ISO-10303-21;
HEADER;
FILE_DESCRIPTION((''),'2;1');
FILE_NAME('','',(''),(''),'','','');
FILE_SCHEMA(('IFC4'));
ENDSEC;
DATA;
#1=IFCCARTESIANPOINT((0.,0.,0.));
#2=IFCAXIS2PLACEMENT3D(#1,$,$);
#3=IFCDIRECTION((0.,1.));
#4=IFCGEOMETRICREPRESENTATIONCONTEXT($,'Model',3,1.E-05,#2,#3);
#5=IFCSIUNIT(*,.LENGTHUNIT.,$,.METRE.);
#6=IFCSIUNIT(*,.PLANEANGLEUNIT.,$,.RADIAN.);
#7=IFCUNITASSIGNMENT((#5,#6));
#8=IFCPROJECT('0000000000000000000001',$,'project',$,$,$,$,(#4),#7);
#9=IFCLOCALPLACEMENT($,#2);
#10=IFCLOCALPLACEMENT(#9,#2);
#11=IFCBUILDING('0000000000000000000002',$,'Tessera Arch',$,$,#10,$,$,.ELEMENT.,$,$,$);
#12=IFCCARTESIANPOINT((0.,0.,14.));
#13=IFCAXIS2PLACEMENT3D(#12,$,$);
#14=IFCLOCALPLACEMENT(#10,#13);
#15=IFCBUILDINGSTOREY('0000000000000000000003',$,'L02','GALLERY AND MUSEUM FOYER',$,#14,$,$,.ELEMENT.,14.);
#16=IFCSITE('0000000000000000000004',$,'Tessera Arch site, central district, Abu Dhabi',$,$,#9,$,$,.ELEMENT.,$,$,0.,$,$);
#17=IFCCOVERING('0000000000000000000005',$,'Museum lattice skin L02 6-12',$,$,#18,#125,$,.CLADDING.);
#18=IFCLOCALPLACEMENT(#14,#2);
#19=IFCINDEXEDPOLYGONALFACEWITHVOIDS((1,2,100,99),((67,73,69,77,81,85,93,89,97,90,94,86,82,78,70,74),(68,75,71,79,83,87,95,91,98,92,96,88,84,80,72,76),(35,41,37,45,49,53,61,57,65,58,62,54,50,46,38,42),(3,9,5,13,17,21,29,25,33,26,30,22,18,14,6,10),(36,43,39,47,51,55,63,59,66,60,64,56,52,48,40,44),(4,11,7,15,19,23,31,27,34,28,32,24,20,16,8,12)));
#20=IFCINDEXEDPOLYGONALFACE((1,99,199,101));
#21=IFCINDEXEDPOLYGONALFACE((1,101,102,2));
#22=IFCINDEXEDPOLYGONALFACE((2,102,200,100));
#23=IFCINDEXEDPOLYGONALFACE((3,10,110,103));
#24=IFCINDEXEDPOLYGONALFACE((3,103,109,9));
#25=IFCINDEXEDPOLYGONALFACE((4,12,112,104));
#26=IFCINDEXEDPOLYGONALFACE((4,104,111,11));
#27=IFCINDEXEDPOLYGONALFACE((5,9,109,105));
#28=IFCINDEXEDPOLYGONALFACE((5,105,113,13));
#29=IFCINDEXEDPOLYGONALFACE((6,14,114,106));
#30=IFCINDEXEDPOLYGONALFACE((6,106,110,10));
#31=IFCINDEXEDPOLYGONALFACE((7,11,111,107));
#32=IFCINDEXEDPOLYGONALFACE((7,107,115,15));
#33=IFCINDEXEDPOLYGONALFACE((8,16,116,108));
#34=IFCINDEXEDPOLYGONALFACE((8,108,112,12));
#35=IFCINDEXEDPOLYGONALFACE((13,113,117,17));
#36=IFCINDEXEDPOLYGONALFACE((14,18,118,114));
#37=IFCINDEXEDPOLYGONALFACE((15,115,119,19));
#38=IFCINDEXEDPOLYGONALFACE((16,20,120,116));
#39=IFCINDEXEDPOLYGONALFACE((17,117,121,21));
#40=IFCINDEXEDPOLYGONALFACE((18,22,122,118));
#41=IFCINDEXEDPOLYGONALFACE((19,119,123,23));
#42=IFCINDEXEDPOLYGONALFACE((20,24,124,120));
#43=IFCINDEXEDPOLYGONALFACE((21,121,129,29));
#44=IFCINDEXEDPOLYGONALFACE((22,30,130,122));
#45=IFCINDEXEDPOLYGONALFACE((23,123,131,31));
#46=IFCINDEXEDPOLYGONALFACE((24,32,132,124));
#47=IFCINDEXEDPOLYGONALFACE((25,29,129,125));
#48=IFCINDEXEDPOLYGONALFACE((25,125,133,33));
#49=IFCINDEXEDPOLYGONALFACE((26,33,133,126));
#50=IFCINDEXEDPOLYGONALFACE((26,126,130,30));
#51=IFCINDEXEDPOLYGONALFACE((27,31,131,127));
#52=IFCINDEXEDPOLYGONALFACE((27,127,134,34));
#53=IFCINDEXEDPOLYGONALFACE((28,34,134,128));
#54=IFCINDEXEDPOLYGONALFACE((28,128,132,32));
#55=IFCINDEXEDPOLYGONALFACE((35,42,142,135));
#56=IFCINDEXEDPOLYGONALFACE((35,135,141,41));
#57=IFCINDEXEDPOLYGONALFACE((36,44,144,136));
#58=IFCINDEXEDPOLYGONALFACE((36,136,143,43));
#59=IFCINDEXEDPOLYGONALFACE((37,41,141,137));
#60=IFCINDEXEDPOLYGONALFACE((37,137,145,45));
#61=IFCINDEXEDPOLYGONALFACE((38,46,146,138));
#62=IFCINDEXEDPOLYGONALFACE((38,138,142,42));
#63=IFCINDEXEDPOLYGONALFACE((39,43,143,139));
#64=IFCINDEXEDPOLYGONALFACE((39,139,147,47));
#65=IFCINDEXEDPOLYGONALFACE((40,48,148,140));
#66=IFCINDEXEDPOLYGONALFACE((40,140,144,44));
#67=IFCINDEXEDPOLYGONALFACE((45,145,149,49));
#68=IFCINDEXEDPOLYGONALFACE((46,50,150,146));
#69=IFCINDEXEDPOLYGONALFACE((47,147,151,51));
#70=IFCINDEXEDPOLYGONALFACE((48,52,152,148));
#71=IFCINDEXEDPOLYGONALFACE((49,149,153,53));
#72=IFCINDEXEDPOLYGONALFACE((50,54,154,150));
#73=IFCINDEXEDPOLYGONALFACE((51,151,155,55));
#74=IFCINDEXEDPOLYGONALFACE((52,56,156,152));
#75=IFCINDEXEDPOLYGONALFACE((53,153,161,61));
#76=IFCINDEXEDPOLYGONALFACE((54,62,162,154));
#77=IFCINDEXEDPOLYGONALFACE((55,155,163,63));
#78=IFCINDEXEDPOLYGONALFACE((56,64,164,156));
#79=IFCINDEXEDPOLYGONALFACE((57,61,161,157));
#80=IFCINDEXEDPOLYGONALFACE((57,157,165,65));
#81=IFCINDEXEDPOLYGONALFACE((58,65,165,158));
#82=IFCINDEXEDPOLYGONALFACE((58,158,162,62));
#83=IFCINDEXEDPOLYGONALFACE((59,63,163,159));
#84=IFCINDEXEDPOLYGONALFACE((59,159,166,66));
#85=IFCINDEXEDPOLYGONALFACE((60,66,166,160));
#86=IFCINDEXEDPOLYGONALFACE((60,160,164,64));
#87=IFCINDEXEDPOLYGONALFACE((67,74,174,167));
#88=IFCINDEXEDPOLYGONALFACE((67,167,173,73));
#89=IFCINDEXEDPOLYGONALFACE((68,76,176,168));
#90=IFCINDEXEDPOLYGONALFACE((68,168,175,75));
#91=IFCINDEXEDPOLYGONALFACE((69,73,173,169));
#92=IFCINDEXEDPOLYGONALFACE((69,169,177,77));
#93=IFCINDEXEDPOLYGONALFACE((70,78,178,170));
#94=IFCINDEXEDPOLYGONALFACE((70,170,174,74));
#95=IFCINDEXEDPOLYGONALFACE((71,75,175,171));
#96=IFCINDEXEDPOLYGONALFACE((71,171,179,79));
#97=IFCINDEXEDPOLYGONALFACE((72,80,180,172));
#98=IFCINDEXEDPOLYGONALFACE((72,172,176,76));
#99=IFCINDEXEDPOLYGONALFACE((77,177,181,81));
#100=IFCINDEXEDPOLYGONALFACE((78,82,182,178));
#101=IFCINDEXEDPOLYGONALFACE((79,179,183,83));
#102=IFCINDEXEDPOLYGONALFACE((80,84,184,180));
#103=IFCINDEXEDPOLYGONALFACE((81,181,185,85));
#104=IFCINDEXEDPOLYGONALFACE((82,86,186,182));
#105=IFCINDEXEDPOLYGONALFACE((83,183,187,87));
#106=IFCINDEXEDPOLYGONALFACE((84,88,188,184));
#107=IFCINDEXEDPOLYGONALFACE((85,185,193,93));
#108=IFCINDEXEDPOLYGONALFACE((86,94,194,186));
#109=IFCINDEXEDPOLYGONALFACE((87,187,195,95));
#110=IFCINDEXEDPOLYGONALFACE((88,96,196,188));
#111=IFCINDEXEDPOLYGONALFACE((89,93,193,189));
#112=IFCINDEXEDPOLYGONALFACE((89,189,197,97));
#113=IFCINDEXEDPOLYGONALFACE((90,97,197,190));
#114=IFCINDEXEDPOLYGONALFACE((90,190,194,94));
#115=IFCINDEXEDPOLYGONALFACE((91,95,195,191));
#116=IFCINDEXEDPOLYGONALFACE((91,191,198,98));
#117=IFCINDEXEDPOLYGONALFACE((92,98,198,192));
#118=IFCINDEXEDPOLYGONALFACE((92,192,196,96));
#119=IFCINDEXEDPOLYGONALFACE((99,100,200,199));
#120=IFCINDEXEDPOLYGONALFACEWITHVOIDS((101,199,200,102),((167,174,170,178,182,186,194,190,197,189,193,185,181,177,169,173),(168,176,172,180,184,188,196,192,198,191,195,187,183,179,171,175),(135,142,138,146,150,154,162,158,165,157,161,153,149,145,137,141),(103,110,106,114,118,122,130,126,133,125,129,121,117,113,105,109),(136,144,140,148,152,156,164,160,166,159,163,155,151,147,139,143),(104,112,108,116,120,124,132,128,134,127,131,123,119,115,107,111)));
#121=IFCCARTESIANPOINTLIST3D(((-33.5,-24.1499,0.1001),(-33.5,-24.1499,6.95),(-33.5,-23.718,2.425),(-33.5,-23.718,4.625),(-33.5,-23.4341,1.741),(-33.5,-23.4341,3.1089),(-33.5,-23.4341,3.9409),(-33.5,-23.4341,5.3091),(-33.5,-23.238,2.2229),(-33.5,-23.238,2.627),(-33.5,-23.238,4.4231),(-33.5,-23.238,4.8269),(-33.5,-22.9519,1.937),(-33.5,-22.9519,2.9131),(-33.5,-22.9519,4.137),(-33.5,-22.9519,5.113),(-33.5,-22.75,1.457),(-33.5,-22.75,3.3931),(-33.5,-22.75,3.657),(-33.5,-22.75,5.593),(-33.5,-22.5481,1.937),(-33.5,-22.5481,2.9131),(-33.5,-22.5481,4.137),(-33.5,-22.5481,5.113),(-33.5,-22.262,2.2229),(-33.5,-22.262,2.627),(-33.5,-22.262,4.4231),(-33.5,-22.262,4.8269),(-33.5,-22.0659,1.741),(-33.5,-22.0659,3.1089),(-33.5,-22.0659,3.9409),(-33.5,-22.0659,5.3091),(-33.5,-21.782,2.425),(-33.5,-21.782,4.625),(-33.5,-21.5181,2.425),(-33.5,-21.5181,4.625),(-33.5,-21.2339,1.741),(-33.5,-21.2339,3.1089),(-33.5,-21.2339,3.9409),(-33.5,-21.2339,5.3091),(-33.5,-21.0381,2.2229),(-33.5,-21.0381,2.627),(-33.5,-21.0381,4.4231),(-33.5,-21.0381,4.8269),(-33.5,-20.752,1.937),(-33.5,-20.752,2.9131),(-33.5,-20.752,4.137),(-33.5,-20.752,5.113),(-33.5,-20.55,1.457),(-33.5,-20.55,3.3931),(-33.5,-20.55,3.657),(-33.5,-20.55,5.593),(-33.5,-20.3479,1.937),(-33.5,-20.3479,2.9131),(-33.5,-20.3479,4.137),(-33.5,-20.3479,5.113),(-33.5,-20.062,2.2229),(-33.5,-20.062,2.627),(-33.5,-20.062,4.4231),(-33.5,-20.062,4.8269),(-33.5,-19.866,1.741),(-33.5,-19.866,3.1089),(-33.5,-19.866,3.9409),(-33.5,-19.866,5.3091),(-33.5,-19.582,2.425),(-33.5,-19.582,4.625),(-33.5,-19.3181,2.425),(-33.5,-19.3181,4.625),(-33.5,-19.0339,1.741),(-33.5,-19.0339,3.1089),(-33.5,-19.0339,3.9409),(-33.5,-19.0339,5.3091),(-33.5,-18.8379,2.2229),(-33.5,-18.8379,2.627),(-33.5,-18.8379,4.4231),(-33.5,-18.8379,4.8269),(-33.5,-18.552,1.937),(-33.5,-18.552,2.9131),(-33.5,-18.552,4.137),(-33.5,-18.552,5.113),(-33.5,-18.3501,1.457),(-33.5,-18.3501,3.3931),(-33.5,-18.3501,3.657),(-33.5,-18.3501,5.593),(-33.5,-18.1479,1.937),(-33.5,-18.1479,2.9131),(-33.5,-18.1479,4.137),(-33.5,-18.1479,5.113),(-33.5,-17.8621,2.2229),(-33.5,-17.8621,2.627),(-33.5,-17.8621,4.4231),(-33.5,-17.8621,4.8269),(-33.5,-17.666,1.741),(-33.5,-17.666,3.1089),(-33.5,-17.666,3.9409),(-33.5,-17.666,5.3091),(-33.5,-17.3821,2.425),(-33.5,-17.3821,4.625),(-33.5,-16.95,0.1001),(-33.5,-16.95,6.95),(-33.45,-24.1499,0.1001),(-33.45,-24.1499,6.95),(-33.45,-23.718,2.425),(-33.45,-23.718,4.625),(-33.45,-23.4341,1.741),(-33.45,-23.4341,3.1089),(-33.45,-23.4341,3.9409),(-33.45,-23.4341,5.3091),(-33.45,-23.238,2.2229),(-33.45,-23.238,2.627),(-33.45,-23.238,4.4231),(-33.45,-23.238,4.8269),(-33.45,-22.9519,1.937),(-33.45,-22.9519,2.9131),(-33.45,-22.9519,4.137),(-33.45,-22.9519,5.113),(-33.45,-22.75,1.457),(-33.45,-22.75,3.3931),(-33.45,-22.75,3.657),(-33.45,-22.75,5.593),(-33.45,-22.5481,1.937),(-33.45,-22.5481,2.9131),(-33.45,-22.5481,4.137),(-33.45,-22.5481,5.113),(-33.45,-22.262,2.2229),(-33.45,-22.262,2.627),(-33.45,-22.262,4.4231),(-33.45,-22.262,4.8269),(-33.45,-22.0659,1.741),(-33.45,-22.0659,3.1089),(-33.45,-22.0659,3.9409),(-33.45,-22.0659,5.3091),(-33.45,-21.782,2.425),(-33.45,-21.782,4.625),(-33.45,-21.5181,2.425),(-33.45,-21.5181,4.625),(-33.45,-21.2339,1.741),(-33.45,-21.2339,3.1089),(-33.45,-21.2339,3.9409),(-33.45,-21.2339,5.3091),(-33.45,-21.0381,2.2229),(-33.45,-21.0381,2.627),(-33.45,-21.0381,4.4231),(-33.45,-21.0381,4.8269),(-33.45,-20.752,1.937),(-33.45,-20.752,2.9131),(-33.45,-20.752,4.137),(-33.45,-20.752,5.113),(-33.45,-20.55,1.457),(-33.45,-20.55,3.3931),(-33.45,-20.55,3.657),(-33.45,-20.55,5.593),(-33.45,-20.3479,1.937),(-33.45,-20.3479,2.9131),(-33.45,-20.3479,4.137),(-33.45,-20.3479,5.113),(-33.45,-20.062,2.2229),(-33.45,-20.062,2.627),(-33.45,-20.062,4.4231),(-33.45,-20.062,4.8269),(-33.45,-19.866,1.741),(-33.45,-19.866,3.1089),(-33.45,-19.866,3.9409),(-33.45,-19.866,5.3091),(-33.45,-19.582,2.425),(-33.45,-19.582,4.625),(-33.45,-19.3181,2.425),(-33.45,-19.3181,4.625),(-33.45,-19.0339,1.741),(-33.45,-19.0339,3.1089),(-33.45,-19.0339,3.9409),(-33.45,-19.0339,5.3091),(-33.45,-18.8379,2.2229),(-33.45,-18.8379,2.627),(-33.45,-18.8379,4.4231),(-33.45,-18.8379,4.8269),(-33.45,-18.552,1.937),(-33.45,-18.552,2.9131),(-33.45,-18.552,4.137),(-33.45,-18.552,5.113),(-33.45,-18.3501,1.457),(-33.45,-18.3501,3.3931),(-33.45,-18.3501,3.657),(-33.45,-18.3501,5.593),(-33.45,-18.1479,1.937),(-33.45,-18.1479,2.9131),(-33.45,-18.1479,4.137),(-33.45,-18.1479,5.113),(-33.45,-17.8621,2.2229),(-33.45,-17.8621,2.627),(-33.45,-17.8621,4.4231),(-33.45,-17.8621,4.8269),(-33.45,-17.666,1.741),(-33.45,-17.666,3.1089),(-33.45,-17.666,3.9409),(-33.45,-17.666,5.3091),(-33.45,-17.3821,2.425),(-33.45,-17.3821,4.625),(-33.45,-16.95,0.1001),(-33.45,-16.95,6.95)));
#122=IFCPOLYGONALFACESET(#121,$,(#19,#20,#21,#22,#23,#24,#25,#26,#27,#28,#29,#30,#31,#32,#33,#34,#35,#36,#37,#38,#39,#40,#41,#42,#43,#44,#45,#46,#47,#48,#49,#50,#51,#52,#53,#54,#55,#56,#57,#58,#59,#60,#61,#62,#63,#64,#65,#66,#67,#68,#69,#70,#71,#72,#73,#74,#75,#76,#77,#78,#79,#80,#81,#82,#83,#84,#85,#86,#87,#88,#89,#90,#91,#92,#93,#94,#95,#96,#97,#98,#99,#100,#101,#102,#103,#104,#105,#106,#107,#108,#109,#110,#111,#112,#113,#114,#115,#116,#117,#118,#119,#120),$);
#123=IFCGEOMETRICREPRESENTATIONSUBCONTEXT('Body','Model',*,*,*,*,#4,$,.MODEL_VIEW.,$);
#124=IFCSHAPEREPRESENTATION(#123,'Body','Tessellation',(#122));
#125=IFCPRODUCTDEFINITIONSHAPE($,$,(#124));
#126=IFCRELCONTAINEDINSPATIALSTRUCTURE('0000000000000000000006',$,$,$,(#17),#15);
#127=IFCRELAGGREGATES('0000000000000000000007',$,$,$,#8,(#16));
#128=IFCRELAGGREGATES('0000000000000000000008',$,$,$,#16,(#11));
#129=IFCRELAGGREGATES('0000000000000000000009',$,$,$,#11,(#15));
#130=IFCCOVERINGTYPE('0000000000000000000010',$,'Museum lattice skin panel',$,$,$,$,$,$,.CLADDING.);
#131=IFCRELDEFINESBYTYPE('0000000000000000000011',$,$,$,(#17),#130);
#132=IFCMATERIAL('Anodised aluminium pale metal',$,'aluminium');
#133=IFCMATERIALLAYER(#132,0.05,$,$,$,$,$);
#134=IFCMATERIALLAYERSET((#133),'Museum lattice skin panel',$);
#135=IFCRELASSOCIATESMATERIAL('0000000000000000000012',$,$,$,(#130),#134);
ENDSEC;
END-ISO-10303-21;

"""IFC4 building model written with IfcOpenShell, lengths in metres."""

from ifc_helpers import new_model, si_unit, direction, frame, origin, place, context, subcontext, project, spatial, polyline, outline, extrude, material, layer, layer_set, type_object, element, save


model = new_model("IFC4")

# Units and contexts
model_context = context("Model", 3, precision=1e-05, world=origin(), true_north=direction((0.0, 1.0)))
body_context = subcontext(model_context, "Body", "Model", "MODEL_VIEW")
ifc_project = project(units=[si_unit("LENGTHUNIT", "METRE"), si_unit("PLANEANGLEUNIT", "RADIAN")], contexts=[model_context])

# Site, building, storey
site_placement = place(None, origin())
site = spatial("IfcSite", under=ifc_project, at=site_placement, Name="Tessera Arch site, central district, Abu Dhabi", CompositionType="ELEMENT", RefElevation=0.0)
building_placement = place(site_placement, origin())
building = spatial("IfcBuilding", under=site, at=building_placement, Name="Tessera Arch", CompositionType="ELEMENT")
storey_placement = place(building_placement, frame((0.0, 0.0, 14.0)))
storey = spatial("IfcBuildingStorey", under=building, at=storey_placement, Name="L02", Description="GALLERY AND MUSEUM FOYER", CompositionType="ELEMENT", Elevation=14.0)

# Covering
ifc_material_1 = material(Name="Anodised aluminium pale metal", Category="aluminium")
ifc_layer_1 = layer(ifc_material_1, 0.05)
ifc_layer_set_1 = layer_set([ifc_layer_1], Name="Museum lattice skin panel")
covering_type = type_object("IfcCoveringType", Name="Museum lattice skin panel", PredefinedType="CLADDING", material=ifc_layer_set_1)
covering_1_placement = place(storey_placement, frame((-33.45, -16.95, 6.95), z_axis=(1.0, 0.0, 0.0), x_axis=(0.0, -1.0, 0.0)))
element("IfcCovering", 1, at=covering_1_placement, inside=storey, type_object=covering_type, Name="Museum lattice skin L02 6-12", PredefinedType="CLADDING", context=body_context, shape_type="SweptSolid", body=[
    extrude(outline(polyline([(0.0, 0.0), (7.2, 0.0), (7.2, 6.8499), (0.0, 6.8499), (0.0, 0.0)]), holes=[polyline([(2.3682, 4.5249), (1.8879, 4.323), (2.084, 3.8411), (1.6021, 4.0369), (1.4001, 3.5569), (1.198, 4.0369), (0.7161, 3.8411), (0.9121, 4.323), (0.4321, 4.5249), (0.9121, 4.7271), (0.7161, 5.209), (1.198, 5.0129), (1.4001, 5.4929), (1.6021, 5.0129), (2.084, 5.209), (1.8879, 4.7271), (2.3682, 4.5249)]), polyline([(2.3682, 2.325), (1.8879, 2.123), (2.084, 1.6409), (1.6021, 1.8369), (1.4001, 1.3569), (1.198, 1.8369), (0.7161, 1.6409), (0.9121, 2.123), (0.4321, 2.325), (0.9121, 2.5269), (0.7161, 3.009), (1.198, 2.813), (1.4001, 3.293), (1.6021, 2.813), (2.084, 3.009), (1.8879, 2.5269), (2.3682, 2.325)]), polyline([(4.5681, 4.5249), (4.0881, 4.323), (4.2839, 3.8411), (3.802, 4.0369), (3.6001, 3.5569), (3.3979, 4.0369), (2.916, 3.8411), (3.1121, 4.323), (2.6321, 4.5249), (3.1121, 4.7271), (2.916, 5.209), (3.3979, 5.0129), (3.6001, 5.4929), (3.802, 5.0129), (4.2839, 5.209), (4.0881, 4.7271), (4.5681, 4.5249)]), polyline([(4.5681, 2.325), (4.0881, 2.123), (4.2839, 1.6409), (3.802, 1.8369), (3.6001, 1.3569), (3.3979, 1.8369), (2.916, 1.6409), (3.1121, 2.123), (2.6321, 2.325), (3.1121, 2.5269), (2.916, 3.009), (3.3979, 2.813), (3.6001, 3.293), (3.802, 2.813), (4.2839, 3.009), (4.0881, 2.5269), (4.5681, 2.325)]), polyline([(6.7681, 4.5249), (6.2881, 4.323), (6.4841, 3.8411), (6.002, 4.0369), (5.8, 3.5569), (5.5981, 4.0369), (5.116, 3.8411), (5.312, 4.323), (4.832, 4.5249), (5.312, 4.7271), (5.116, 5.209), (5.5981, 5.0129), (5.8, 5.4929), (6.002, 5.0129), (6.4841, 5.209), (6.2881, 4.7271), (6.7681, 4.5249)]), polyline([(6.7681, 2.325), (6.2881, 2.123), (6.4841, 1.6409), (6.002, 1.8369), (5.8, 1.3569), (5.5981, 1.8369), (5.116, 1.6409), (5.312, 2.123), (4.832, 2.325), (5.312, 2.5269), (5.116, 3.009), (5.5981, 2.813), (5.8, 3.293), (6.002, 2.813), (6.4841, 3.009), (6.2881, 2.5269), (6.7681, 2.325)])]), origin(), (0.0, 0.0, -1.0), 0.05),
])

save(model, "model.ifc")
